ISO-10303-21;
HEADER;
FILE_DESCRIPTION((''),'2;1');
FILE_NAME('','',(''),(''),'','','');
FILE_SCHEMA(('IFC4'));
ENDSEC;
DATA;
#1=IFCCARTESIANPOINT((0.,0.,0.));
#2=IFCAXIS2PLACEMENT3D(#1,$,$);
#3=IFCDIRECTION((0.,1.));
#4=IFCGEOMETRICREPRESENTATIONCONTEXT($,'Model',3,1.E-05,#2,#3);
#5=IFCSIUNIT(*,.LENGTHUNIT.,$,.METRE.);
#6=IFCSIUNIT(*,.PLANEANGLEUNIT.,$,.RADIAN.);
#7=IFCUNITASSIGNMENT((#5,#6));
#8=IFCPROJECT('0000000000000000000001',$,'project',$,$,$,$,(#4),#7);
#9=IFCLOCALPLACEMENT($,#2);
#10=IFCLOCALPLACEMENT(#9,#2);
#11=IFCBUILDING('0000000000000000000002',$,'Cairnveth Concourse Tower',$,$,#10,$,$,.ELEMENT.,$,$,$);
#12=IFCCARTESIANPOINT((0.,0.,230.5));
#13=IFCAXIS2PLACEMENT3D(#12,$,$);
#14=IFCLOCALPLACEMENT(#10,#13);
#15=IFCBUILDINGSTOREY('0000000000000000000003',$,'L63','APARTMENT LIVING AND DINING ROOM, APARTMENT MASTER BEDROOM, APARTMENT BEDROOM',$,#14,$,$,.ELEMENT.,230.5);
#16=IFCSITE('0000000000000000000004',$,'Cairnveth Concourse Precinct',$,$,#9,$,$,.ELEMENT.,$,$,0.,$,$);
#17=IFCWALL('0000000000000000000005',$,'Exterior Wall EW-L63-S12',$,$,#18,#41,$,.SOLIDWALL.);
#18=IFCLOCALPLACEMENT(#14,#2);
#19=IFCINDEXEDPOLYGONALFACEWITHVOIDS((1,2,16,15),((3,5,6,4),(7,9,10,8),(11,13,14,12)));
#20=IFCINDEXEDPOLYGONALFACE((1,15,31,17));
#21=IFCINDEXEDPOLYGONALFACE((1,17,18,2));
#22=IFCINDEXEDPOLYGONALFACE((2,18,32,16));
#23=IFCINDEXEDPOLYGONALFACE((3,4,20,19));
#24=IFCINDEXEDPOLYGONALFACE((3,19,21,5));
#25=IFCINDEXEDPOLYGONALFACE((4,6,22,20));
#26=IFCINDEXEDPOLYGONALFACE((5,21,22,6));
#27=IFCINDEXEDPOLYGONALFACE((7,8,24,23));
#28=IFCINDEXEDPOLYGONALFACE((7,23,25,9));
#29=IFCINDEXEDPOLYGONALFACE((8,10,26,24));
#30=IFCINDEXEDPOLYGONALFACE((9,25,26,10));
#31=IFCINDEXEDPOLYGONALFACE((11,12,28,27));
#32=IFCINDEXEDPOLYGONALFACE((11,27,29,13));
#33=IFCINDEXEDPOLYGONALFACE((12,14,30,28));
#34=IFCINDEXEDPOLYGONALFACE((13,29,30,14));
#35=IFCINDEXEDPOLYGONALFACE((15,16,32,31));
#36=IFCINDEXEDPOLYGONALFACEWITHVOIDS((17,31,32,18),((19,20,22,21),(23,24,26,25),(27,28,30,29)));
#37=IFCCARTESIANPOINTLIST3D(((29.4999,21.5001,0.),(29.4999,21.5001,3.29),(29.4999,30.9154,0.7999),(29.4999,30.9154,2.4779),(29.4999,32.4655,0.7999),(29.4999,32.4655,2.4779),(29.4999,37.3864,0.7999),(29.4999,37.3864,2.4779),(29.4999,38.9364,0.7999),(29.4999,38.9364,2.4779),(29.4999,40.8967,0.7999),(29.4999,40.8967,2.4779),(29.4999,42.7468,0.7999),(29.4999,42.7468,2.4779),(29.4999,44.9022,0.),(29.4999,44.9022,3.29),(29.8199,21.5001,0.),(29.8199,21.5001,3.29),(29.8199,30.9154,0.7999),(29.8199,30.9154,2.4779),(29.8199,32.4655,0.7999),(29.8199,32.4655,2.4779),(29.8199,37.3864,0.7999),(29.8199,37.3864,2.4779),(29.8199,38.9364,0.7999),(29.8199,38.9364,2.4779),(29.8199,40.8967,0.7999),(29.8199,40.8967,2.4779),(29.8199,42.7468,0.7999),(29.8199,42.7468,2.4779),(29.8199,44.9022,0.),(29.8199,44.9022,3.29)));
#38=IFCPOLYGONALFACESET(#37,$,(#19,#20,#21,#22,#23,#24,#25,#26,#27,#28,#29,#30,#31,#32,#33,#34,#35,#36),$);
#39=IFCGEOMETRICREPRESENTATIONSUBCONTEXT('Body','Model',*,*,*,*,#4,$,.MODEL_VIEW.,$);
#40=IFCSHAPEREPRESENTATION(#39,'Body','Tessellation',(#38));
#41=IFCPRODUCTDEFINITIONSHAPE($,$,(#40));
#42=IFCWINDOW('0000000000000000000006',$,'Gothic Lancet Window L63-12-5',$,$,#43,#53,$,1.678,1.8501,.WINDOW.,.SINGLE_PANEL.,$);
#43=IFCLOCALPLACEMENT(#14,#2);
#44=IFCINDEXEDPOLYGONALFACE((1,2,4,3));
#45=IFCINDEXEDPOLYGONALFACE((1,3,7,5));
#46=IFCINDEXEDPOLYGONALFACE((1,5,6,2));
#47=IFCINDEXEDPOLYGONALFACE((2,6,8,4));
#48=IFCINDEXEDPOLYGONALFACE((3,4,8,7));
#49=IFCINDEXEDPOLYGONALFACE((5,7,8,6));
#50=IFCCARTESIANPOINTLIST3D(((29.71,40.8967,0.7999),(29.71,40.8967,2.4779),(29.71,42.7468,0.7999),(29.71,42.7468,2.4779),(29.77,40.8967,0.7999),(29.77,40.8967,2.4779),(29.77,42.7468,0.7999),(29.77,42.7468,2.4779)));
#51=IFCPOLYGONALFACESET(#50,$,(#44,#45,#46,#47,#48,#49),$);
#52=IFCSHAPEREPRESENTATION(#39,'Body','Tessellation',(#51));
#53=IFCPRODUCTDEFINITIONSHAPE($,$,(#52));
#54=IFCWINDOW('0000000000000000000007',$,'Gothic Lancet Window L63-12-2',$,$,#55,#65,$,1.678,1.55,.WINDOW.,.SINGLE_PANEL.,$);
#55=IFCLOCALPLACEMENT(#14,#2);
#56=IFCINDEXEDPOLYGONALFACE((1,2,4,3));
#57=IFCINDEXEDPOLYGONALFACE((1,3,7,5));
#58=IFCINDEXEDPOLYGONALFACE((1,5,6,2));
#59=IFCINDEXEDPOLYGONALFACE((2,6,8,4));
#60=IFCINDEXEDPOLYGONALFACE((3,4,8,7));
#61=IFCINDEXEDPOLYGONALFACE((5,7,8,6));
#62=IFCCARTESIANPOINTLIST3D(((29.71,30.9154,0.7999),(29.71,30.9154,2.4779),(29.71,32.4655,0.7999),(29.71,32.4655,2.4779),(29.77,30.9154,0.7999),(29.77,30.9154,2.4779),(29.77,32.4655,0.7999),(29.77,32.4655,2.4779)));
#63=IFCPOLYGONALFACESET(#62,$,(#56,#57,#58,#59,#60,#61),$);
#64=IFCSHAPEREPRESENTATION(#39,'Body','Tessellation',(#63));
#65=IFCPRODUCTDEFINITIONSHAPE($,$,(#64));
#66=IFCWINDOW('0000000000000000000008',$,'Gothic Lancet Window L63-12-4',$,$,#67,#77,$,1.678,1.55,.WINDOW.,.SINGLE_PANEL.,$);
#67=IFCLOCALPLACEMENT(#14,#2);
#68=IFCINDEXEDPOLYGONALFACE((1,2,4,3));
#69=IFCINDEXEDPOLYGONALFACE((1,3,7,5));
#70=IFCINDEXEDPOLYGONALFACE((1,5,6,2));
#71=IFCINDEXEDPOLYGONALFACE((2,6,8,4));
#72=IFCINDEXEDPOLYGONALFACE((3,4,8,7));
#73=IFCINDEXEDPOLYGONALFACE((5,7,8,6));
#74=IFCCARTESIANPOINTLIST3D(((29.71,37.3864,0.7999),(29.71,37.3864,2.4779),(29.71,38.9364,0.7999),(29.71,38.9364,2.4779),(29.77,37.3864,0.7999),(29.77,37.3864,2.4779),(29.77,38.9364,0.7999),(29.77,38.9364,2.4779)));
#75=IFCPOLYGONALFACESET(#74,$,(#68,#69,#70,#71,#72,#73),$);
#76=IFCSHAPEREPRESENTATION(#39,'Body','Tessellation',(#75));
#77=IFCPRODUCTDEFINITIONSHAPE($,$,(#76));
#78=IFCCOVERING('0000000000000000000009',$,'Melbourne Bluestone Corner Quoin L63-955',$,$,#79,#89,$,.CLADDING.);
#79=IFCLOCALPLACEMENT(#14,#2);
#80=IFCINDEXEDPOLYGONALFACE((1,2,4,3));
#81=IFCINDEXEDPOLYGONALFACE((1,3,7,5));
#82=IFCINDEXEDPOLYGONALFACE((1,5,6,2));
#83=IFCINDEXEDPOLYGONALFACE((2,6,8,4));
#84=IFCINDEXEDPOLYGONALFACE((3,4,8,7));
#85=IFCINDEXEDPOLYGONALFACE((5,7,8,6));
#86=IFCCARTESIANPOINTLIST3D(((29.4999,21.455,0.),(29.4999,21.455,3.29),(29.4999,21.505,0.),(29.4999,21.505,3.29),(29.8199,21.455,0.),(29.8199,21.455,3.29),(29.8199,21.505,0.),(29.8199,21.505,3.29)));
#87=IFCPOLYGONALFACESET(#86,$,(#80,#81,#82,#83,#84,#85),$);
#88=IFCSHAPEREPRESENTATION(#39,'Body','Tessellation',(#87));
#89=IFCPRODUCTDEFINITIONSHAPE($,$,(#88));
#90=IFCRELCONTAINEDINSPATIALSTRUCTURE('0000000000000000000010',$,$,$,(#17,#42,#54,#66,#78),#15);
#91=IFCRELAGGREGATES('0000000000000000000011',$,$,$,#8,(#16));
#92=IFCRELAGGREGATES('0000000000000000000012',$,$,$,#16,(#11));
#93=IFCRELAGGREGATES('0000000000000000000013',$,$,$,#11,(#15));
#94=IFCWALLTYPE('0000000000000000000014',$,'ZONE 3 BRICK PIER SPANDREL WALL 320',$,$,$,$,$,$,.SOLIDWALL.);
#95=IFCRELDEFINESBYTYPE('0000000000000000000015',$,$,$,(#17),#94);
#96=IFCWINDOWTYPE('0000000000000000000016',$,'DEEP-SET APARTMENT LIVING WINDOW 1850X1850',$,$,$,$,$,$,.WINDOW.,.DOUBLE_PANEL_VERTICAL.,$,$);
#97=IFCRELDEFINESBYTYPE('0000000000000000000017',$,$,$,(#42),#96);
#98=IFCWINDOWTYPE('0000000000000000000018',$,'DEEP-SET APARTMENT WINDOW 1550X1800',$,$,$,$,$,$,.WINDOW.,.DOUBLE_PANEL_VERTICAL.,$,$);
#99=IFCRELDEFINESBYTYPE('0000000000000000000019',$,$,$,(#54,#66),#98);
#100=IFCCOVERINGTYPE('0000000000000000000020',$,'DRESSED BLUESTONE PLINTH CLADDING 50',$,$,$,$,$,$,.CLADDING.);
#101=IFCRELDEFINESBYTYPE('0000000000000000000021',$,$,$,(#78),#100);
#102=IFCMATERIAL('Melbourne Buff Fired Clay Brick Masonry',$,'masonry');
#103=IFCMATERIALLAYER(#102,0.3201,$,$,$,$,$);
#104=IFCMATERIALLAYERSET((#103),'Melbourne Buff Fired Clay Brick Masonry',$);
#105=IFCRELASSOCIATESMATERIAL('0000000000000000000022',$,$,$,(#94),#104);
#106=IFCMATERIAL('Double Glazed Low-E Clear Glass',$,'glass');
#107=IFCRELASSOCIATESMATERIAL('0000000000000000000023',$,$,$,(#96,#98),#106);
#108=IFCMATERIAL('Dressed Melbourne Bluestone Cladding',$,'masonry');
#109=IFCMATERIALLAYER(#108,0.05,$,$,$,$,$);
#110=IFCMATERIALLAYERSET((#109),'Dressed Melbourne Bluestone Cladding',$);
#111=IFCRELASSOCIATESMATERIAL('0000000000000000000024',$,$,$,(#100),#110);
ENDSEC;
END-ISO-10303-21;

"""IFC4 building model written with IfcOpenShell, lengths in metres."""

from ifc_helpers import new_model, si_unit, direction, frame, frame_2d, origin, place, context, subcontext, project, spatial, rectangle, extrude, material, layer, layer_set, type_object, element, fill, save


model = new_model("IFC4")

# Units and contexts
model_context = context("Model", 3, precision=1e-05, world=origin(), true_north=direction((0.0, 1.0)))
body_context = subcontext(model_context, "Body", "Model", "MODEL_VIEW")
ifc_project = project(units=[si_unit("LENGTHUNIT", "METRE"), si_unit("PLANEANGLEUNIT", "RADIAN")], contexts=[model_context])

# Site, building, storey
site_placement = place(None, origin())
site = spatial("IfcSite", under=ifc_project, at=site_placement, Name="Cairnveth Concourse Precinct", CompositionType="ELEMENT", RefElevation=0.0)
building_placement = place(site_placement, origin())
building = spatial("IfcBuilding", under=site, at=building_placement, Name="Cairnveth Concourse Tower", CompositionType="ELEMENT")
storey_placement = place(building_placement, frame((0.0, 0.0, 230.5)))
storey = spatial("IfcBuildingStorey", under=building, at=storey_placement, Name="L63", Description="APARTMENT LIVING AND DINING ROOM, APARTMENT MASTER BEDROOM, APARTMENT BEDROOM", CompositionType="ELEMENT", Elevation=230.5)

# Wall, openings, windows
ifc_material_1 = material(Name="Melbourne Buff Fired Clay Brick Masonry", Category="masonry")
ifc_layer_1 = layer(ifc_material_1, 0.3201)
ifc_layer_set_1 = layer_set([ifc_layer_1], Name="Melbourne Buff Fired Clay Brick Masonry")
wall_type_1 = type_object("IfcWallType", Name="ZONE 3 BRICK PIER SPANDREL WALL 320", PredefinedType="SOLIDWALL", material=ifc_layer_set_1)
wall_1_placement = place(storey_placement, frame((29.6599, 21.5, 0.0), z_axis=(0.0, 0.0, 1.0), x_axis=(0.0, 1.0, 0.0)))
wall_1 = element("IfcWall", 1, at=wall_1_placement, inside=storey, type_object=wall_type_1, Name="Exterior Wall EW-L63-S12", PredefinedType="SOLIDWALL", context=body_context, shape_type="SweptSolid", body=[
    extrude(rectangle(XDim=23.4021, YDim=0.3201, at=frame_2d((11.7012, 0.0))), origin(), (0.0, 0.0, 1.0), 3.29),
])
opening_1_placement = place(wall_1_placement, frame((9.4155, 0.0, 0.8)))
opening_1 = element("IfcOpeningElement", 2, at=opening_1_placement, cuts=wall_1, PredefinedType="OPENING", context=body_context, shape_type="SweptSolid", body=[
    extrude(rectangle(XDim=1.55, YDim=1.678, at=frame_2d((0.7749, 0.8389))), frame((0.0, 0.1699, 0.0), z_axis=(0.0, -1.0, 0.0), x_axis=(1.0, 0.0, 0.0)), (0.0, 0.0, 1.0), 0.3401),
])
opening_2_placement = place(wall_1_placement, frame((15.8865, 0.0, 0.8)))
opening_2 = element("IfcOpeningElement", 3, at=opening_2_placement, cuts=wall_1, PredefinedType="OPENING", context=body_context, shape_type="SweptSolid", body=[
    extrude(rectangle(XDim=1.55, YDim=1.678, at=frame_2d((0.7749, 0.8389))), frame((0.0, 0.1699, 0.0), z_axis=(0.0, -1.0, 0.0), x_axis=(1.0, 0.0, 0.0)), (0.0, 0.0, 1.0), 0.3401),
])
opening_3_placement = place(wall_1_placement, frame((19.3967, 0.0, 0.8)))
opening_3 = element("IfcOpeningElement", 4, at=opening_3_placement, cuts=wall_1, PredefinedType="OPENING", context=body_context, shape_type="SweptSolid", body=[
    extrude(rectangle(XDim=1.8501, YDim=1.678, at=frame_2d((0.925, 0.8389))), frame((0.0, 0.1699, 0.0), z_axis=(0.0, -1.0, 0.0), x_axis=(1.0, 0.0, 0.0)), (0.0, 0.0, 1.0), 0.3401),
])
ifc_material_2 = material(Name="Double Glazed Low-E Clear Glass", Category="glass")
window_type_1 = type_object("IfcWindowType", Name="DEEP-SET APARTMENT LIVING WINDOW 1850X1850", PartitioningType="DOUBLE_PANEL_VERTICAL", PredefinedType="WINDOW", material=ifc_material_2)
window_1_placement = place(opening_3_placement, origin())
window_1 = element("IfcWindow", 5, at=window_1_placement, inside=storey, type_object=window_type_1, Name="Gothic Lancet Window L63-12-5", OverallHeight=1.678, OverallWidth=1.8501, PartitioningType="SINGLE_PANEL", PredefinedType="WINDOW", context=body_context, shape_type="SweptSolid", body=[
    extrude(rectangle(XDim=1.8501, YDim=1.678, at=frame_2d((0.925, 0.8389))), frame((0.0, -0.05, 0.0), z_axis=(0.0, -1.0, 0.0), x_axis=(1.0, 0.0, 0.0)), (0.0, 0.0, 1.0), 0.0601),
])
fill(opening_3, window_1)
window_type_2 = type_object("IfcWindowType", Name="DEEP-SET APARTMENT WINDOW 1550X1800", PartitioningType="DOUBLE_PANEL_VERTICAL", PredefinedType="WINDOW", material=ifc_material_2)
window_2_placement = place(opening_1_placement, origin())
window_2 = element("IfcWindow", 6, at=window_2_placement, inside=storey, type_object=window_type_2, Name="Gothic Lancet Window L63-12-2", OverallHeight=1.678, OverallWidth=1.55, PartitioningType="SINGLE_PANEL", PredefinedType="WINDOW", context=body_context, shape_type="SweptSolid", body=[
    extrude(rectangle(XDim=1.55, YDim=1.678, at=frame_2d((0.7749, 0.8389))), frame((0.0, -0.05, 0.0), z_axis=(0.0, -1.0, 0.0), x_axis=(1.0, 0.0, 0.0)), (0.0, 0.0, 1.0), 0.0601),
])
fill(opening_1, window_2)
window_3_placement = place(opening_2_placement, origin())
window_3 = element("IfcWindow", 7, at=window_3_placement, inside=storey, type_object=window_type_2, Name="Gothic Lancet Window L63-12-4", OverallHeight=1.678, OverallWidth=1.55, PartitioningType="SINGLE_PANEL", PredefinedType="WINDOW", context=body_context, shape_type="SweptSolid", body=[
    extrude(rectangle(XDim=1.55, YDim=1.678, at=frame_2d((0.7749, 0.8389))), frame((0.0, -0.05, 0.0), z_axis=(0.0, -1.0, 0.0), x_axis=(1.0, 0.0, 0.0)), (0.0, 0.0, 1.0), 0.0601),
])
fill(opening_2, window_3)

# Covering
ifc_material_3 = material(Name="Dressed Melbourne Bluestone Cladding", Category="masonry")
ifc_layer_2 = layer(ifc_material_3, 0.05)
ifc_layer_set_2 = layer_set([ifc_layer_2], Name="Dressed Melbourne Bluestone Cladding")
covering_type = type_object("IfcCoveringType", Name="DRESSED BLUESTONE PLINTH CLADDING 50", PredefinedType="CLADDING", material=ifc_layer_set_2)
covering_placement = place(storey_placement, frame((29.8201, 21.48, 0.0), z_axis=(0.0, 0.0, 1.0), x_axis=(-1.0, 0.0, 0.0)))
element("IfcCovering", 8, at=covering_placement, inside=storey, type_object=covering_type, Name="Melbourne Bluestone Corner Quoin L63-955", PredefinedType="CLADDING", context=body_context, shape_type="SweptSolid", body=[
    extrude(rectangle(XDim=0.3201, YDim=0.05, at=frame_2d((0.1602, 0.0))), origin(), (0.0, 0.0, 1.0), 3.29),
])

save(model, "model.ifc")
